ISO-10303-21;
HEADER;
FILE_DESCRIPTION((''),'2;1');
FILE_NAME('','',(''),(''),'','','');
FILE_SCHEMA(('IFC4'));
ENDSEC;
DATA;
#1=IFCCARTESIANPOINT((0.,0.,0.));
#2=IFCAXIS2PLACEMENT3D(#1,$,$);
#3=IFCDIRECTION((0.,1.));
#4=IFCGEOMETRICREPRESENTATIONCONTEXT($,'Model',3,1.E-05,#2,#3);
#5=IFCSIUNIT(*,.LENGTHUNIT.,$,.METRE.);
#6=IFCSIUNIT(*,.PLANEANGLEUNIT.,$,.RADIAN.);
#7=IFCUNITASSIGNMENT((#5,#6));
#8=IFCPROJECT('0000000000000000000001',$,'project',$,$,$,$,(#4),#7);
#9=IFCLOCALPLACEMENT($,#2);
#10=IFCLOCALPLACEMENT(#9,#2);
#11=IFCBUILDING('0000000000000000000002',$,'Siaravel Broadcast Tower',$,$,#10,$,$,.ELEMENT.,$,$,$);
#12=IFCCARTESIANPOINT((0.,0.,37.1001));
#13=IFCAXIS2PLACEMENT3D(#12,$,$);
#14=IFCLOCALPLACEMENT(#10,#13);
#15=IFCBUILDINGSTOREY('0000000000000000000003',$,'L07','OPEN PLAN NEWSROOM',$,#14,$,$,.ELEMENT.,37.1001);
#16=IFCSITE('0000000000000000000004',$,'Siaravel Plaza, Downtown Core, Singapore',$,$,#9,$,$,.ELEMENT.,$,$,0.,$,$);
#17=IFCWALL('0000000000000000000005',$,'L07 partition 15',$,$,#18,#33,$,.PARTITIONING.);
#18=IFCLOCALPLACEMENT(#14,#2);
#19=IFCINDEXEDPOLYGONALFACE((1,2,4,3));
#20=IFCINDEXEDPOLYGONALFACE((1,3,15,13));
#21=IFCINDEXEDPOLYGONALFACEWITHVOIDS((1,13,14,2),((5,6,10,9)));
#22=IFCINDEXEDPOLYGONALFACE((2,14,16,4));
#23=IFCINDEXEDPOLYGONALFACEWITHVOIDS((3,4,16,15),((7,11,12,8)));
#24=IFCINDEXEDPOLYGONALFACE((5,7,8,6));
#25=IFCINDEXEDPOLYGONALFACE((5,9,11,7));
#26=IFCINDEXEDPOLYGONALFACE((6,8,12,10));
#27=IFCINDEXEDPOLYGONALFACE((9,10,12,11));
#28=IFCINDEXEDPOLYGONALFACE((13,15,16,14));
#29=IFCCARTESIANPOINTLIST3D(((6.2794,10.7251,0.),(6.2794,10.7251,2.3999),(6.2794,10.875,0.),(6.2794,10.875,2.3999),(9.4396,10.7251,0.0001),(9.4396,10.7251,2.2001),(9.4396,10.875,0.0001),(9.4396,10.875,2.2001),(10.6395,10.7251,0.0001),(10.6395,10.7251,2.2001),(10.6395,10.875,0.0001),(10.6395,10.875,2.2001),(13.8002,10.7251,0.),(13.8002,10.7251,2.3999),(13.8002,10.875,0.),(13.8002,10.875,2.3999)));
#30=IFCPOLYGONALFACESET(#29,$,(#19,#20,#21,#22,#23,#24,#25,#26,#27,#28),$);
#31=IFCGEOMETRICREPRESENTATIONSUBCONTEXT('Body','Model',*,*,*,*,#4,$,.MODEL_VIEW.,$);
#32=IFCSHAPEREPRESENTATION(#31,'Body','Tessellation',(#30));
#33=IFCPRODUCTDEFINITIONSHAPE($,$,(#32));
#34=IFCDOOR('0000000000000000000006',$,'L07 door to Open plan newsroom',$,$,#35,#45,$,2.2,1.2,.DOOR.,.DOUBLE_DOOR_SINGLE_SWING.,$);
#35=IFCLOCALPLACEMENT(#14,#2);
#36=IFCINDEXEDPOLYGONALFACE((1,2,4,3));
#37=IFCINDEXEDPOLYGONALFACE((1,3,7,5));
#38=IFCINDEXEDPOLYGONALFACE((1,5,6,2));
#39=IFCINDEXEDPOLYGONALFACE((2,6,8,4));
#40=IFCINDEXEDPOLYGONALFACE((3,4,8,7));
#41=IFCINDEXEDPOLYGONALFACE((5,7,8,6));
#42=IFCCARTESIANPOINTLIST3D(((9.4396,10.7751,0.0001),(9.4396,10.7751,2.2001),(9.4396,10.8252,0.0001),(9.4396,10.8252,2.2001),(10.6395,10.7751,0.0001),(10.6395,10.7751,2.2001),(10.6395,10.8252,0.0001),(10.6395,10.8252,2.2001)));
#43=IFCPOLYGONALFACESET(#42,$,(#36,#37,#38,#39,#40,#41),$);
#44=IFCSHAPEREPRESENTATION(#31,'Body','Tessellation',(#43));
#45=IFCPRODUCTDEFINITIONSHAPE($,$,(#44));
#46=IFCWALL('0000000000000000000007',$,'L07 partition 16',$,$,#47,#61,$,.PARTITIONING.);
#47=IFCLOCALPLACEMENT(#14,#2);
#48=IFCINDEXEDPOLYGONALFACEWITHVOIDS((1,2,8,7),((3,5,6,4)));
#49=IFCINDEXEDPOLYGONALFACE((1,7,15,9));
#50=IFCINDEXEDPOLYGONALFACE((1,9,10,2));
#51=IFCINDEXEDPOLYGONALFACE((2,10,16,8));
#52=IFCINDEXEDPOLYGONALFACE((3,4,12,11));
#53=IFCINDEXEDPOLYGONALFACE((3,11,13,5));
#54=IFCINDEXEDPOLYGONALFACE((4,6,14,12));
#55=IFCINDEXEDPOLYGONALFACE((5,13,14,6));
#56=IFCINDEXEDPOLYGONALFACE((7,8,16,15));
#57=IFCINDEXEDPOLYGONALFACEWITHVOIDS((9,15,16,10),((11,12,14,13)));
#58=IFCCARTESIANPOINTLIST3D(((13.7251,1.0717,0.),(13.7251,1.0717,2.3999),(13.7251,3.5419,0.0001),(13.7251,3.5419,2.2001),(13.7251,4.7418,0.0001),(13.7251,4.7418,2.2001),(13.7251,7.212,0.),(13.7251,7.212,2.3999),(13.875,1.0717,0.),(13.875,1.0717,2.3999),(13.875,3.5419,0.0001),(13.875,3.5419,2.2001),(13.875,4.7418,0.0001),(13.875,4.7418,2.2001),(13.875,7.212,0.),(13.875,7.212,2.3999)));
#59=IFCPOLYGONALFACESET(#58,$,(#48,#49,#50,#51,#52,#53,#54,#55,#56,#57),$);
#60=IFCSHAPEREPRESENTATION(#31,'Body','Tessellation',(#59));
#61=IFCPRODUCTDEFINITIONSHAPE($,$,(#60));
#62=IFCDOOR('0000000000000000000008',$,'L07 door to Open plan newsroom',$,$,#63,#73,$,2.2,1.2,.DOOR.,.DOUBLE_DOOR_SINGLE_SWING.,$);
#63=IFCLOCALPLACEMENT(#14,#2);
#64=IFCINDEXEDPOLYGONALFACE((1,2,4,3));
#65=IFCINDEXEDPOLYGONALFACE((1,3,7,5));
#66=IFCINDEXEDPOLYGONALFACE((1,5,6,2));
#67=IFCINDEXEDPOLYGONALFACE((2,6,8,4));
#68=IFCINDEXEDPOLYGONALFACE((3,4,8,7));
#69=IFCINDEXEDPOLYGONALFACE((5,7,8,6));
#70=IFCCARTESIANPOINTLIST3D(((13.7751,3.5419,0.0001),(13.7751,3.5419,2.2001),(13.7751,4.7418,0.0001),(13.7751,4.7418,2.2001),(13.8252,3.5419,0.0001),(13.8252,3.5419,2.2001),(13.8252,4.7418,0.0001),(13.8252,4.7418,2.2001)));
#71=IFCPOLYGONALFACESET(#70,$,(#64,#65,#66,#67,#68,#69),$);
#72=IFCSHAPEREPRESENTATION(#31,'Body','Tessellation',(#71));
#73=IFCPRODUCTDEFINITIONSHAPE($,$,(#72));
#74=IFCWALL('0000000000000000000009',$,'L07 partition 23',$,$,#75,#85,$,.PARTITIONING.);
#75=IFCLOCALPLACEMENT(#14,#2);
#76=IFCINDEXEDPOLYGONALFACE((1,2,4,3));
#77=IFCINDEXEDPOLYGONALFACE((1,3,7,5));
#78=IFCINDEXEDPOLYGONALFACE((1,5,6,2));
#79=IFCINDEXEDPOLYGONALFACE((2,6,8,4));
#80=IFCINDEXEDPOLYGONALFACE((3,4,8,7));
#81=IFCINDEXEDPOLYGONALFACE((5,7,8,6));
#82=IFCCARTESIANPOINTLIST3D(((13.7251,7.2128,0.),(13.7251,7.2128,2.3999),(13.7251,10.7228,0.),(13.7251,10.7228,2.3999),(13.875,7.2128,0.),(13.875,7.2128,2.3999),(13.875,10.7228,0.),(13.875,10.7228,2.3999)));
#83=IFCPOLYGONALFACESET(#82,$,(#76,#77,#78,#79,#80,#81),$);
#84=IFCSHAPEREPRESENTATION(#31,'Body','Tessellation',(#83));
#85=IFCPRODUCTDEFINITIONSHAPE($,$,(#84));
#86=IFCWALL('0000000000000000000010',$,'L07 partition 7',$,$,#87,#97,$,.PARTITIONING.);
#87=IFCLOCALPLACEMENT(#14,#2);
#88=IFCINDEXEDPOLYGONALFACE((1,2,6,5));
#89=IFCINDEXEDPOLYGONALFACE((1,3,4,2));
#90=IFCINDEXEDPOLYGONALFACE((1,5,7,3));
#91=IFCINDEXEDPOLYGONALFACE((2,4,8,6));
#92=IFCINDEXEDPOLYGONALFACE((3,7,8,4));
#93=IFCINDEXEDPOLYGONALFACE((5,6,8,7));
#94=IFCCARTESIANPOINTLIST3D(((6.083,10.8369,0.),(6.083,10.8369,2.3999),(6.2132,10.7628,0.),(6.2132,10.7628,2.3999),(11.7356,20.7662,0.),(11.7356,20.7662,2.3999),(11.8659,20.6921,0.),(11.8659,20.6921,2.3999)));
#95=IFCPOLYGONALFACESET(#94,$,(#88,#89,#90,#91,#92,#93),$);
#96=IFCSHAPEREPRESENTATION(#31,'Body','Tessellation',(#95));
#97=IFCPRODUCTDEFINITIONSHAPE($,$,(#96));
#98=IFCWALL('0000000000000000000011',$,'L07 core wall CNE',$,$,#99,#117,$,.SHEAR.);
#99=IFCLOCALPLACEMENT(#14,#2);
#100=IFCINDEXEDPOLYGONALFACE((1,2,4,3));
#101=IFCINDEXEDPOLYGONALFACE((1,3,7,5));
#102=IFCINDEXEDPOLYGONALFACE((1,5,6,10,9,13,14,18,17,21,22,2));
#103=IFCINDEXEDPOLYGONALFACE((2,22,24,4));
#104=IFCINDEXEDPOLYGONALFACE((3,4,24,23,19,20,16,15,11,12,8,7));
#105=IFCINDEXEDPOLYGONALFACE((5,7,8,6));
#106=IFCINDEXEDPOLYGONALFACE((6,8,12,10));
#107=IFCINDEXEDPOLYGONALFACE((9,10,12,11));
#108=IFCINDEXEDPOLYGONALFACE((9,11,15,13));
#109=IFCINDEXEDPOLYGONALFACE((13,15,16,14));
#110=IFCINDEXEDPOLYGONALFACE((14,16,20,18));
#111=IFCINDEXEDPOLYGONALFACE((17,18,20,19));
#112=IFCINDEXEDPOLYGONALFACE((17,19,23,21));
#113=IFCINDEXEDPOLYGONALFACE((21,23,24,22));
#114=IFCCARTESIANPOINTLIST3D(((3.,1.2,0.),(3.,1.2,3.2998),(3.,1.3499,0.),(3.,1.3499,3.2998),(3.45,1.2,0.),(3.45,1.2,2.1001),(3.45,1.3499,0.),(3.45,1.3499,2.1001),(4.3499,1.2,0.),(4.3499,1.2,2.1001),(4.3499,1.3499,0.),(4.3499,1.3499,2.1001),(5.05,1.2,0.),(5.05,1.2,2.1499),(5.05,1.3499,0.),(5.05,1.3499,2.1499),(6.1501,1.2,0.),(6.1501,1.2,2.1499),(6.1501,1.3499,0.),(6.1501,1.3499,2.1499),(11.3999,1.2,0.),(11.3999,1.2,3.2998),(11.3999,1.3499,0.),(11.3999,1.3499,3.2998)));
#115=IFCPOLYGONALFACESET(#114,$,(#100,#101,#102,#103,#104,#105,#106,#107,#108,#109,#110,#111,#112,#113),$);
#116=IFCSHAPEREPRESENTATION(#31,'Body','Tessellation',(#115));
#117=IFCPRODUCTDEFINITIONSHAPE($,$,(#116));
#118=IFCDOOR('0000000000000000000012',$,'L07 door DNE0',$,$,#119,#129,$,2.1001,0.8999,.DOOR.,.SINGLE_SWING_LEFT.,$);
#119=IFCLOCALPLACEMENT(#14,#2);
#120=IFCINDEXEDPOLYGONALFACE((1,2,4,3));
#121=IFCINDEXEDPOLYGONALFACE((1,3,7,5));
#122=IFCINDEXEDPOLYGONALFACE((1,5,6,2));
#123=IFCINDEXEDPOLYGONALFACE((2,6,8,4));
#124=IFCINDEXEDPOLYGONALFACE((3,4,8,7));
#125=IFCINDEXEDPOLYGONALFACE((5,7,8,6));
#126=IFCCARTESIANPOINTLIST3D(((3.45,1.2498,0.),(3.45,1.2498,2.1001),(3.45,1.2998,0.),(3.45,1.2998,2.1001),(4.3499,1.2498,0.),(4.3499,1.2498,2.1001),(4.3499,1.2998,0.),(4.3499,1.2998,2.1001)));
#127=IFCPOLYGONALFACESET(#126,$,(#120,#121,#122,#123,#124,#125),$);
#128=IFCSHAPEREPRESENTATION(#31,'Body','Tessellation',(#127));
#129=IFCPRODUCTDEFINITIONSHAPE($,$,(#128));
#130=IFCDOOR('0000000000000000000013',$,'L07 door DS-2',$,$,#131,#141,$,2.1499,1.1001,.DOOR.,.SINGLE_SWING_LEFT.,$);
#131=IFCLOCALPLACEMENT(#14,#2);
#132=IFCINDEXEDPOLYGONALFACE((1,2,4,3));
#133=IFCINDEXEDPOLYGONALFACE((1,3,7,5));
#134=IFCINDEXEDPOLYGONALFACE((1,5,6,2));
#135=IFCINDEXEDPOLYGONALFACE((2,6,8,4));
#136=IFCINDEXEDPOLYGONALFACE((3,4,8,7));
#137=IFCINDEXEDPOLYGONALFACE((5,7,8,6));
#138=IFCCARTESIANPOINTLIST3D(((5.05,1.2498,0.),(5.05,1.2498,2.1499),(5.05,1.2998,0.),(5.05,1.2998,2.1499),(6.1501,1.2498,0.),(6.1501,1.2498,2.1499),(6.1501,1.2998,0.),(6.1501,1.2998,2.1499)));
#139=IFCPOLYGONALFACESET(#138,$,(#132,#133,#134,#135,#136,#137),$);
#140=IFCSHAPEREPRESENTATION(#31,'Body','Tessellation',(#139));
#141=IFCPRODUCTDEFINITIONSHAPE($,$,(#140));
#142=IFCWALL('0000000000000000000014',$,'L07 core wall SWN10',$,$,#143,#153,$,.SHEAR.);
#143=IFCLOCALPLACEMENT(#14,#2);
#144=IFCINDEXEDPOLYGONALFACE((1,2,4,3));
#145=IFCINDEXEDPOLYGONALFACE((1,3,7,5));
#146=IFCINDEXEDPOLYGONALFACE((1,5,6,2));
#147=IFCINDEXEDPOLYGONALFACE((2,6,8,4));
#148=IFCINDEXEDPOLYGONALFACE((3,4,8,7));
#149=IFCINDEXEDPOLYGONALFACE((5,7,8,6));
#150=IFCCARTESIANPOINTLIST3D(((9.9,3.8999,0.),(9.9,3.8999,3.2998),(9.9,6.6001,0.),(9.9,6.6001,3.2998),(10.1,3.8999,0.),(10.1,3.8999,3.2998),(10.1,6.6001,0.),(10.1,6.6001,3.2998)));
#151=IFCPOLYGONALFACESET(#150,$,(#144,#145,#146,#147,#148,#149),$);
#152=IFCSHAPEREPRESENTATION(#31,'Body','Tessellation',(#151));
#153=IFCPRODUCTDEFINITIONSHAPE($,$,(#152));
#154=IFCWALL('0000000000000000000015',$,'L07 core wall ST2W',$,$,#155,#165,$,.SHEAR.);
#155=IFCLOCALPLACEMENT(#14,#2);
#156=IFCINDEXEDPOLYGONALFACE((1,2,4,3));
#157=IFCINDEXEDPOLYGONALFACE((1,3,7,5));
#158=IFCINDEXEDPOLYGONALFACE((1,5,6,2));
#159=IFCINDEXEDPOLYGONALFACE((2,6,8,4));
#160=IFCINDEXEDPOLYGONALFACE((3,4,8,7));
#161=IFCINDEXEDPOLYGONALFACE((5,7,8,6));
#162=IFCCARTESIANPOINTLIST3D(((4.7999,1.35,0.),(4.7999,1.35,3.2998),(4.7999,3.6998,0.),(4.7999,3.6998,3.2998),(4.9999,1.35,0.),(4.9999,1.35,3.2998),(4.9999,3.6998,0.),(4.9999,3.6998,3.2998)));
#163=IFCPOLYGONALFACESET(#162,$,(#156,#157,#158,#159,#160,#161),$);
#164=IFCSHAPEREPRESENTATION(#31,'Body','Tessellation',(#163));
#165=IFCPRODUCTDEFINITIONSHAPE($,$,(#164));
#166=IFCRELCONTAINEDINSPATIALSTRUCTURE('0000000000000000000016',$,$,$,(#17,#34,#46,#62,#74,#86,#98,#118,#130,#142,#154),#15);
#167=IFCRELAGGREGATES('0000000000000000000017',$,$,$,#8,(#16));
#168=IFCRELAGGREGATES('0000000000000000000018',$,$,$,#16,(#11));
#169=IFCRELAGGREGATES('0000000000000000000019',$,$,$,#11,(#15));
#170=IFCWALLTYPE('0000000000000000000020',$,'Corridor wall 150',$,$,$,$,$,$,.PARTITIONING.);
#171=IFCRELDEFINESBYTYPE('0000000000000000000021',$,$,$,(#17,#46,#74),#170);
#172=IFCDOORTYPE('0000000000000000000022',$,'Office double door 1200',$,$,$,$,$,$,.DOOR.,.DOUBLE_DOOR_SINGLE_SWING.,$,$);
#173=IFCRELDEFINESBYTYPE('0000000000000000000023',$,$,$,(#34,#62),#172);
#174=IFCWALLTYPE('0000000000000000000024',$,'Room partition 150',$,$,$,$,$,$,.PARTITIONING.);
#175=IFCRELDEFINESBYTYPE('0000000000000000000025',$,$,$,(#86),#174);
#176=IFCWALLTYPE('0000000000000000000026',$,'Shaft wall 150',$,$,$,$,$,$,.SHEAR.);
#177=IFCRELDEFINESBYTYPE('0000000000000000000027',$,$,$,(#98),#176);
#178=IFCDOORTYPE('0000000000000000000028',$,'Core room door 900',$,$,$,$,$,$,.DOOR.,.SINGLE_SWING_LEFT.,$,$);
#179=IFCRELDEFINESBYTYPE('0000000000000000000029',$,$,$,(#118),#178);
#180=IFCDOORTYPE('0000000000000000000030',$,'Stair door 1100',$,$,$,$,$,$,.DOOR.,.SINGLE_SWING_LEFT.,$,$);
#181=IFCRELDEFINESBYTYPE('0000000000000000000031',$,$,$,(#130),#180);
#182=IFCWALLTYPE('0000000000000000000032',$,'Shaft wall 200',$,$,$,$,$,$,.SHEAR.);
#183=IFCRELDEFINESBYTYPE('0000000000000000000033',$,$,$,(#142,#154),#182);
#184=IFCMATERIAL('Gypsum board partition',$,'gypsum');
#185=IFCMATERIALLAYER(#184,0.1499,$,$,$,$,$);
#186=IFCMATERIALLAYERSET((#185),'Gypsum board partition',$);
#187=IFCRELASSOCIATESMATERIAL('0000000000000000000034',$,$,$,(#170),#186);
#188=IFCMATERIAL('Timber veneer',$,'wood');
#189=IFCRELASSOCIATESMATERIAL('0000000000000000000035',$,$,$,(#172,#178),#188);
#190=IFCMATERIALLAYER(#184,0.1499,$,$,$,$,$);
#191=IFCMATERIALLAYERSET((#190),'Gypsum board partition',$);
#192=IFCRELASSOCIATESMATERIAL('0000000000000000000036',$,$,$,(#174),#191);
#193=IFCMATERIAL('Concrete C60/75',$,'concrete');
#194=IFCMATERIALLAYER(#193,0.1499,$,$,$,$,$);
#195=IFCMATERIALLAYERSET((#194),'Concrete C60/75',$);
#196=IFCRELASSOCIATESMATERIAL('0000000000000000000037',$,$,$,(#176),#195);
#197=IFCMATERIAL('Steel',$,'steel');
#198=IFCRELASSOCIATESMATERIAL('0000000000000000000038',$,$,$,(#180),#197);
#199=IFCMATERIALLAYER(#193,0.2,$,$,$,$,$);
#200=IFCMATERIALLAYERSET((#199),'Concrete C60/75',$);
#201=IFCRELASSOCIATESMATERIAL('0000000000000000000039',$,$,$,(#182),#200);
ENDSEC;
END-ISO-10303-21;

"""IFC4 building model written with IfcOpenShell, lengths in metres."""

from ifc_helpers import new_model, si_unit, direction, frame, frame_2d, origin, place, context, subcontext, project, spatial, rectangle, extrude, material, layer, layer_set, type_object, element, fill, save


model = new_model("IFC4")

# Units and contexts
model_context = context("Model", 3, precision=1e-05, world=origin(), true_north=direction((0.0, 1.0)))
body_context = subcontext(model_context, "Body", "Model", "MODEL_VIEW")
ifc_project = project(units=[si_unit("LENGTHUNIT", "METRE"), si_unit("PLANEANGLEUNIT", "RADIAN")], contexts=[model_context])

# Site, building, storey
site_placement = place(None, origin())
site = spatial("IfcSite", under=ifc_project, at=site_placement, Name="Siaravel Plaza, Downtown Core, Singapore", CompositionType="ELEMENT", RefElevation=0.0)
building_placement = place(site_placement, origin())
building = spatial("IfcBuilding", under=site, at=building_placement, Name="Siaravel Broadcast Tower", CompositionType="ELEMENT")
storey_placement = place(building_placement, frame((0.0, 0.0, 37.1001)))
storey = spatial("IfcBuildingStorey", under=building, at=storey_placement, Name="L07", Description="OPEN PLAN NEWSROOM", CompositionType="ELEMENT", Elevation=37.1001)

# Walls, openings, doors
ifc_material_1 = material(Name="Gypsum board partition", Category="gypsum")
ifc_layer_1 = layer(ifc_material_1, 0.1499)
ifc_layer_set_1 = layer_set([ifc_layer_1], Name="Gypsum board partition")
wall_type_1 = type_object("IfcWallType", Name="Corridor wall 150", PredefinedType="PARTITIONING", material=ifc_layer_set_1)
ifc_material_2 = material(Name="Timber veneer", Category="wood")
door_type_1 = type_object("IfcDoorType", Name="Office double door 1200", OperationType="DOUBLE_DOOR_SINGLE_SWING", PredefinedType="DOOR", material=ifc_material_2)
wall_1_placement = place(storey_placement, frame((13.8, 10.8, 0.0), z_axis=(0.0, 0.0, 1.0), x_axis=(-1.0, 0.0, 0.0)))
wall_1 = element("IfcWall", 1, at=wall_1_placement, inside=storey, type_object=wall_type_1, Name="L07 partition 15", PredefinedType="PARTITIONING", context=body_context, shape_type="SweptSolid", body=[
    extrude(rectangle(XDim=7.5208, YDim=0.1499, at=frame_2d((3.7603, 0.0))), origin(), (0.0, 0.0, 1.0), 2.3999),
])
opening_1_placement = place(wall_1_placement, frame((3.1604, 0.0, 0.0)))
opening_1 = element("IfcOpeningElement", 2, at=opening_1_placement, cuts=wall_1, PredefinedType="OPENING", context=body_context, shape_type="SweptSolid", body=[
    extrude(rectangle(XDim=1.2, YDim=2.2, at=frame_2d((0.6001, 1.1001))), frame((0.0, 0.085, 0.0), z_axis=(0.0, -1.0, 0.0), x_axis=(1.0, 0.0, 0.0)), (0.0, 0.0, 1.0), 0.1699),
])
door_1_placement = place(opening_1_placement, origin())
door_1 = element("IfcDoor", 3, at=door_1_placement, inside=storey, type_object=door_type_1, Name="L07 door to Open plan newsroom", OperationType="DOUBLE_DOOR_SINGLE_SWING", OverallHeight=2.2, OverallWidth=1.2, PredefinedType="DOOR", context=body_context, shape_type="SweptSolid", body=[
    extrude(rectangle(XDim=1.2, YDim=2.2, at=frame_2d((0.6001, 1.1001))), frame((0.0, 0.0249, 0.0), z_axis=(0.0, -1.0, 0.0), x_axis=(1.0, 0.0, 0.0)), (0.0, 0.0, 1.0), 0.05),
])
fill(opening_1, door_1)
wall_2_placement = place(storey_placement, frame((13.8, 1.0715, 0.0), z_axis=(0.0, 0.0, 1.0), x_axis=(0.0, 1.0, 0.0)))
wall_2 = element("IfcWall", 4, at=wall_2_placement, inside=storey, type_object=wall_type_1, Name="L07 partition 16", PredefinedType="PARTITIONING", context=body_context, shape_type="SweptSolid", body=[
    extrude(rectangle(XDim=6.1404, YDim=0.1499, at=frame_2d((3.0703, 0.0))), origin(), (0.0, 0.0, 1.0), 2.3999),
])
opening_2_placement = place(wall_2_placement, frame((2.4702, 0.0, 0.0)))
opening_2 = element("IfcOpeningElement", 5, at=opening_2_placement, cuts=wall_2, PredefinedType="OPENING", context=body_context, shape_type="SweptSolid", body=[
    extrude(rectangle(XDim=1.2, YDim=2.2, at=frame_2d((0.6001, 1.1001))), frame((0.0, 0.085, 0.0), z_axis=(0.0, -1.0, 0.0), x_axis=(1.0, 0.0, 0.0)), (0.0, 0.0, 1.0), 0.1699),
])
door_2_placement = place(opening_2_placement, origin())
door_2 = element("IfcDoor", 6, at=door_2_placement, inside=storey, type_object=door_type_1, Name="L07 door to Open plan newsroom", OperationType="DOUBLE_DOOR_SINGLE_SWING", OverallHeight=2.2, OverallWidth=1.2, PredefinedType="DOOR", context=body_context, shape_type="SweptSolid", body=[
    extrude(rectangle(XDim=1.2, YDim=2.2, at=frame_2d((0.6001, 1.1001))), frame((0.0, 0.0249, 0.0), z_axis=(0.0, -1.0, 0.0), x_axis=(1.0, 0.0, 0.0)), (0.0, 0.0, 1.0), 0.05),
])
fill(opening_2, door_2)

# Walls
wall_3_placement = place(storey_placement, frame((13.8, 7.2129, 0.0), z_axis=(0.0, 0.0, 1.0), x_axis=(0.0, 1.0, 0.0)))
element("IfcWall", 7, at=wall_3_placement, inside=storey, type_object=wall_type_1, Name="L07 partition 23", PredefinedType="PARTITIONING", context=body_context, shape_type="SweptSolid", body=[
    extrude(rectangle(XDim=3.51, YDim=0.1499, at=frame_2d((1.7549, 0.0))), origin(), (0.0, 0.0, 1.0), 2.3999),
])
ifc_layer_2 = layer(ifc_material_1, 0.1499)
ifc_layer_set_2 = layer_set([ifc_layer_2], Name="Gypsum board partition")
wall_type_2 = type_object("IfcWallType", Name="Room partition 150", PredefinedType="PARTITIONING", material=ifc_layer_set_2)
wall_4_placement = place(storey_placement, frame((11.8008, 20.7292, 0.0), z_axis=(0.0, 0.0, 1.0), x_axis=(-0.494737, -0.869043, 0.0)))
element("IfcWall", 8, at=wall_4_placement, inside=storey, type_object=wall_type_2, Name="L07 partition 7", PredefinedType="PARTITIONING", context=body_context, shape_type="SweptSolid", body=[
    extrude(rectangle(XDim=11.4255, YDim=0.1499, at=frame_2d((5.7129, 0.0))), origin(), (0.0, 0.0, 1.0), 2.3999),
])

# Wall, openings, doors
ifc_material_3 = material(Name="Concrete C60/75", Category="concrete")
ifc_layer_3 = layer(ifc_material_3, 0.1499)
ifc_layer_set_3 = layer_set([ifc_layer_3], Name="Concrete C60/75")
wall_type_3 = type_object("IfcWallType", Name="Shaft wall 150", PredefinedType="SHEAR", material=ifc_layer_set_3)
wall_5_placement = place(storey_placement, frame((3.0, 1.2749, 0.0), z_axis=(0.0, 0.0, 1.0), x_axis=(1.0, 0.0, 0.0)))
wall_5 = element("IfcWall", 9, at=wall_5_placement, inside=storey, type_object=wall_type_3, Name="L07 core wall CNE", PredefinedType="SHEAR", context=body_context, shape_type="SweptSolid", body=[
    extrude(rectangle(XDim=8.3999, YDim=0.1499, at=frame_2d((4.2, 0.0))), origin(), (0.0, 0.0, 1.0), 3.2998),
])
opening_3_placement = place(wall_5_placement, frame((2.05, 0.0, 0.0)))
opening_3 = element("IfcOpeningElement", 10, at=opening_3_placement, cuts=wall_5, PredefinedType="OPENING", context=body_context, shape_type="SweptSolid", body=[
    extrude(rectangle(XDim=1.1001, YDim=2.1499, at=frame_2d((0.55, 1.075))), frame((0.0, 0.085, 0.0), z_axis=(0.0, -1.0, 0.0), x_axis=(1.0, 0.0, 0.0)), (0.0, 0.0, 1.0), 0.1699),
])
opening_4_placement = place(wall_5_placement, frame((0.45, 0.0, 0.0)))
opening_4 = element("IfcOpeningElement", 11, at=opening_4_placement, cuts=wall_5, PredefinedType="OPENING", context=body_context, shape_type="SweptSolid", body=[
    extrude(rectangle(XDim=0.8999, YDim=2.1001, at=frame_2d((0.45, 1.05))), frame((0.0, 0.085, 0.0), z_axis=(0.0, -1.0, 0.0), x_axis=(1.0, 0.0, 0.0)), (0.0, 0.0, 1.0), 0.1699),
])
door_type_2 = type_object("IfcDoorType", Name="Core room door 900", OperationType="SINGLE_SWING_LEFT", PredefinedType="DOOR", material=ifc_material_2)
door_3_placement = place(opening_4_placement, origin())
door_3 = element("IfcDoor", 12, at=door_3_placement, inside=storey, type_object=door_type_2, Name="L07 door DNE0", OperationType="SINGLE_SWING_LEFT", OverallHeight=2.1001, OverallWidth=0.8999, PredefinedType="DOOR", context=body_context, shape_type="SweptSolid", body=[
    extrude(rectangle(XDim=0.8999, YDim=2.1001, at=frame_2d((0.45, 1.05))), frame((0.0, 0.0249, 0.0), z_axis=(0.0, -1.0, 0.0), x_axis=(1.0, 0.0, 0.0)), (0.0, 0.0, 1.0), 0.05),
])
fill(opening_4, door_3)
ifc_material_4 = material(Name="Steel", Category="steel")
door_type_3 = type_object("IfcDoorType", Name="Stair door 1100", OperationType="SINGLE_SWING_LEFT", PredefinedType="DOOR", material=ifc_material_4)
door_4_placement = place(opening_3_placement, origin())
door_4 = element("IfcDoor", 13, at=door_4_placement, inside=storey, type_object=door_type_3, Name="L07 door DS-2", OperationType="SINGLE_SWING_LEFT", OverallHeight=2.1499, OverallWidth=1.1001, PredefinedType="DOOR", context=body_context, shape_type="SweptSolid", body=[
    extrude(rectangle(XDim=1.1001, YDim=2.1499, at=frame_2d((0.55, 1.075))), frame((0.0, 0.0249, 0.0), z_axis=(0.0, -1.0, 0.0), x_axis=(1.0, 0.0, 0.0)), (0.0, 0.0, 1.0), 0.05),
])
fill(opening_3, door_4)

# Walls
ifc_layer_4 = layer(ifc_material_3, 0.2)
ifc_layer_set_4 = layer_set([ifc_layer_4], Name="Concrete C60/75")
wall_type_4 = type_object("IfcWallType", Name="Shaft wall 200", PredefinedType="SHEAR", material=ifc_layer_set_4)
wall_6_placement = place(storey_placement, frame((10.0, 3.8999, 0.0), z_axis=(0.0, 0.0, 1.0), x_axis=(0.0, 1.0, 0.0)))
element("IfcWall", 14, at=wall_6_placement, inside=storey, type_object=wall_type_4, Name="L07 core wall SWN10", PredefinedType="SHEAR", context=body_context, shape_type="SweptSolid", body=[
    extrude(rectangle(XDim=2.7002, YDim=0.2, at=frame_2d((1.3501, 0.0))), origin(), (0.0, 0.0, 1.0), 3.2998),
])
wall_7_placement = place(storey_placement, frame((4.8999, 1.3501, 0.0), z_axis=(0.0, 0.0, 1.0), x_axis=(0.0, 1.0, 0.0)))
element("IfcWall", 15, at=wall_7_placement, inside=storey, type_object=wall_type_4, Name="L07 core wall ST2W", PredefinedType="SHEAR", context=body_context, shape_type="SweptSolid", body=[
    extrude(rectangle(XDim=2.3499, YDim=0.2, at=frame_2d((1.1748, 0.0))), origin(), (0.0, 0.0, 1.0), 3.2998),
])

save(model, "model.ifc")
